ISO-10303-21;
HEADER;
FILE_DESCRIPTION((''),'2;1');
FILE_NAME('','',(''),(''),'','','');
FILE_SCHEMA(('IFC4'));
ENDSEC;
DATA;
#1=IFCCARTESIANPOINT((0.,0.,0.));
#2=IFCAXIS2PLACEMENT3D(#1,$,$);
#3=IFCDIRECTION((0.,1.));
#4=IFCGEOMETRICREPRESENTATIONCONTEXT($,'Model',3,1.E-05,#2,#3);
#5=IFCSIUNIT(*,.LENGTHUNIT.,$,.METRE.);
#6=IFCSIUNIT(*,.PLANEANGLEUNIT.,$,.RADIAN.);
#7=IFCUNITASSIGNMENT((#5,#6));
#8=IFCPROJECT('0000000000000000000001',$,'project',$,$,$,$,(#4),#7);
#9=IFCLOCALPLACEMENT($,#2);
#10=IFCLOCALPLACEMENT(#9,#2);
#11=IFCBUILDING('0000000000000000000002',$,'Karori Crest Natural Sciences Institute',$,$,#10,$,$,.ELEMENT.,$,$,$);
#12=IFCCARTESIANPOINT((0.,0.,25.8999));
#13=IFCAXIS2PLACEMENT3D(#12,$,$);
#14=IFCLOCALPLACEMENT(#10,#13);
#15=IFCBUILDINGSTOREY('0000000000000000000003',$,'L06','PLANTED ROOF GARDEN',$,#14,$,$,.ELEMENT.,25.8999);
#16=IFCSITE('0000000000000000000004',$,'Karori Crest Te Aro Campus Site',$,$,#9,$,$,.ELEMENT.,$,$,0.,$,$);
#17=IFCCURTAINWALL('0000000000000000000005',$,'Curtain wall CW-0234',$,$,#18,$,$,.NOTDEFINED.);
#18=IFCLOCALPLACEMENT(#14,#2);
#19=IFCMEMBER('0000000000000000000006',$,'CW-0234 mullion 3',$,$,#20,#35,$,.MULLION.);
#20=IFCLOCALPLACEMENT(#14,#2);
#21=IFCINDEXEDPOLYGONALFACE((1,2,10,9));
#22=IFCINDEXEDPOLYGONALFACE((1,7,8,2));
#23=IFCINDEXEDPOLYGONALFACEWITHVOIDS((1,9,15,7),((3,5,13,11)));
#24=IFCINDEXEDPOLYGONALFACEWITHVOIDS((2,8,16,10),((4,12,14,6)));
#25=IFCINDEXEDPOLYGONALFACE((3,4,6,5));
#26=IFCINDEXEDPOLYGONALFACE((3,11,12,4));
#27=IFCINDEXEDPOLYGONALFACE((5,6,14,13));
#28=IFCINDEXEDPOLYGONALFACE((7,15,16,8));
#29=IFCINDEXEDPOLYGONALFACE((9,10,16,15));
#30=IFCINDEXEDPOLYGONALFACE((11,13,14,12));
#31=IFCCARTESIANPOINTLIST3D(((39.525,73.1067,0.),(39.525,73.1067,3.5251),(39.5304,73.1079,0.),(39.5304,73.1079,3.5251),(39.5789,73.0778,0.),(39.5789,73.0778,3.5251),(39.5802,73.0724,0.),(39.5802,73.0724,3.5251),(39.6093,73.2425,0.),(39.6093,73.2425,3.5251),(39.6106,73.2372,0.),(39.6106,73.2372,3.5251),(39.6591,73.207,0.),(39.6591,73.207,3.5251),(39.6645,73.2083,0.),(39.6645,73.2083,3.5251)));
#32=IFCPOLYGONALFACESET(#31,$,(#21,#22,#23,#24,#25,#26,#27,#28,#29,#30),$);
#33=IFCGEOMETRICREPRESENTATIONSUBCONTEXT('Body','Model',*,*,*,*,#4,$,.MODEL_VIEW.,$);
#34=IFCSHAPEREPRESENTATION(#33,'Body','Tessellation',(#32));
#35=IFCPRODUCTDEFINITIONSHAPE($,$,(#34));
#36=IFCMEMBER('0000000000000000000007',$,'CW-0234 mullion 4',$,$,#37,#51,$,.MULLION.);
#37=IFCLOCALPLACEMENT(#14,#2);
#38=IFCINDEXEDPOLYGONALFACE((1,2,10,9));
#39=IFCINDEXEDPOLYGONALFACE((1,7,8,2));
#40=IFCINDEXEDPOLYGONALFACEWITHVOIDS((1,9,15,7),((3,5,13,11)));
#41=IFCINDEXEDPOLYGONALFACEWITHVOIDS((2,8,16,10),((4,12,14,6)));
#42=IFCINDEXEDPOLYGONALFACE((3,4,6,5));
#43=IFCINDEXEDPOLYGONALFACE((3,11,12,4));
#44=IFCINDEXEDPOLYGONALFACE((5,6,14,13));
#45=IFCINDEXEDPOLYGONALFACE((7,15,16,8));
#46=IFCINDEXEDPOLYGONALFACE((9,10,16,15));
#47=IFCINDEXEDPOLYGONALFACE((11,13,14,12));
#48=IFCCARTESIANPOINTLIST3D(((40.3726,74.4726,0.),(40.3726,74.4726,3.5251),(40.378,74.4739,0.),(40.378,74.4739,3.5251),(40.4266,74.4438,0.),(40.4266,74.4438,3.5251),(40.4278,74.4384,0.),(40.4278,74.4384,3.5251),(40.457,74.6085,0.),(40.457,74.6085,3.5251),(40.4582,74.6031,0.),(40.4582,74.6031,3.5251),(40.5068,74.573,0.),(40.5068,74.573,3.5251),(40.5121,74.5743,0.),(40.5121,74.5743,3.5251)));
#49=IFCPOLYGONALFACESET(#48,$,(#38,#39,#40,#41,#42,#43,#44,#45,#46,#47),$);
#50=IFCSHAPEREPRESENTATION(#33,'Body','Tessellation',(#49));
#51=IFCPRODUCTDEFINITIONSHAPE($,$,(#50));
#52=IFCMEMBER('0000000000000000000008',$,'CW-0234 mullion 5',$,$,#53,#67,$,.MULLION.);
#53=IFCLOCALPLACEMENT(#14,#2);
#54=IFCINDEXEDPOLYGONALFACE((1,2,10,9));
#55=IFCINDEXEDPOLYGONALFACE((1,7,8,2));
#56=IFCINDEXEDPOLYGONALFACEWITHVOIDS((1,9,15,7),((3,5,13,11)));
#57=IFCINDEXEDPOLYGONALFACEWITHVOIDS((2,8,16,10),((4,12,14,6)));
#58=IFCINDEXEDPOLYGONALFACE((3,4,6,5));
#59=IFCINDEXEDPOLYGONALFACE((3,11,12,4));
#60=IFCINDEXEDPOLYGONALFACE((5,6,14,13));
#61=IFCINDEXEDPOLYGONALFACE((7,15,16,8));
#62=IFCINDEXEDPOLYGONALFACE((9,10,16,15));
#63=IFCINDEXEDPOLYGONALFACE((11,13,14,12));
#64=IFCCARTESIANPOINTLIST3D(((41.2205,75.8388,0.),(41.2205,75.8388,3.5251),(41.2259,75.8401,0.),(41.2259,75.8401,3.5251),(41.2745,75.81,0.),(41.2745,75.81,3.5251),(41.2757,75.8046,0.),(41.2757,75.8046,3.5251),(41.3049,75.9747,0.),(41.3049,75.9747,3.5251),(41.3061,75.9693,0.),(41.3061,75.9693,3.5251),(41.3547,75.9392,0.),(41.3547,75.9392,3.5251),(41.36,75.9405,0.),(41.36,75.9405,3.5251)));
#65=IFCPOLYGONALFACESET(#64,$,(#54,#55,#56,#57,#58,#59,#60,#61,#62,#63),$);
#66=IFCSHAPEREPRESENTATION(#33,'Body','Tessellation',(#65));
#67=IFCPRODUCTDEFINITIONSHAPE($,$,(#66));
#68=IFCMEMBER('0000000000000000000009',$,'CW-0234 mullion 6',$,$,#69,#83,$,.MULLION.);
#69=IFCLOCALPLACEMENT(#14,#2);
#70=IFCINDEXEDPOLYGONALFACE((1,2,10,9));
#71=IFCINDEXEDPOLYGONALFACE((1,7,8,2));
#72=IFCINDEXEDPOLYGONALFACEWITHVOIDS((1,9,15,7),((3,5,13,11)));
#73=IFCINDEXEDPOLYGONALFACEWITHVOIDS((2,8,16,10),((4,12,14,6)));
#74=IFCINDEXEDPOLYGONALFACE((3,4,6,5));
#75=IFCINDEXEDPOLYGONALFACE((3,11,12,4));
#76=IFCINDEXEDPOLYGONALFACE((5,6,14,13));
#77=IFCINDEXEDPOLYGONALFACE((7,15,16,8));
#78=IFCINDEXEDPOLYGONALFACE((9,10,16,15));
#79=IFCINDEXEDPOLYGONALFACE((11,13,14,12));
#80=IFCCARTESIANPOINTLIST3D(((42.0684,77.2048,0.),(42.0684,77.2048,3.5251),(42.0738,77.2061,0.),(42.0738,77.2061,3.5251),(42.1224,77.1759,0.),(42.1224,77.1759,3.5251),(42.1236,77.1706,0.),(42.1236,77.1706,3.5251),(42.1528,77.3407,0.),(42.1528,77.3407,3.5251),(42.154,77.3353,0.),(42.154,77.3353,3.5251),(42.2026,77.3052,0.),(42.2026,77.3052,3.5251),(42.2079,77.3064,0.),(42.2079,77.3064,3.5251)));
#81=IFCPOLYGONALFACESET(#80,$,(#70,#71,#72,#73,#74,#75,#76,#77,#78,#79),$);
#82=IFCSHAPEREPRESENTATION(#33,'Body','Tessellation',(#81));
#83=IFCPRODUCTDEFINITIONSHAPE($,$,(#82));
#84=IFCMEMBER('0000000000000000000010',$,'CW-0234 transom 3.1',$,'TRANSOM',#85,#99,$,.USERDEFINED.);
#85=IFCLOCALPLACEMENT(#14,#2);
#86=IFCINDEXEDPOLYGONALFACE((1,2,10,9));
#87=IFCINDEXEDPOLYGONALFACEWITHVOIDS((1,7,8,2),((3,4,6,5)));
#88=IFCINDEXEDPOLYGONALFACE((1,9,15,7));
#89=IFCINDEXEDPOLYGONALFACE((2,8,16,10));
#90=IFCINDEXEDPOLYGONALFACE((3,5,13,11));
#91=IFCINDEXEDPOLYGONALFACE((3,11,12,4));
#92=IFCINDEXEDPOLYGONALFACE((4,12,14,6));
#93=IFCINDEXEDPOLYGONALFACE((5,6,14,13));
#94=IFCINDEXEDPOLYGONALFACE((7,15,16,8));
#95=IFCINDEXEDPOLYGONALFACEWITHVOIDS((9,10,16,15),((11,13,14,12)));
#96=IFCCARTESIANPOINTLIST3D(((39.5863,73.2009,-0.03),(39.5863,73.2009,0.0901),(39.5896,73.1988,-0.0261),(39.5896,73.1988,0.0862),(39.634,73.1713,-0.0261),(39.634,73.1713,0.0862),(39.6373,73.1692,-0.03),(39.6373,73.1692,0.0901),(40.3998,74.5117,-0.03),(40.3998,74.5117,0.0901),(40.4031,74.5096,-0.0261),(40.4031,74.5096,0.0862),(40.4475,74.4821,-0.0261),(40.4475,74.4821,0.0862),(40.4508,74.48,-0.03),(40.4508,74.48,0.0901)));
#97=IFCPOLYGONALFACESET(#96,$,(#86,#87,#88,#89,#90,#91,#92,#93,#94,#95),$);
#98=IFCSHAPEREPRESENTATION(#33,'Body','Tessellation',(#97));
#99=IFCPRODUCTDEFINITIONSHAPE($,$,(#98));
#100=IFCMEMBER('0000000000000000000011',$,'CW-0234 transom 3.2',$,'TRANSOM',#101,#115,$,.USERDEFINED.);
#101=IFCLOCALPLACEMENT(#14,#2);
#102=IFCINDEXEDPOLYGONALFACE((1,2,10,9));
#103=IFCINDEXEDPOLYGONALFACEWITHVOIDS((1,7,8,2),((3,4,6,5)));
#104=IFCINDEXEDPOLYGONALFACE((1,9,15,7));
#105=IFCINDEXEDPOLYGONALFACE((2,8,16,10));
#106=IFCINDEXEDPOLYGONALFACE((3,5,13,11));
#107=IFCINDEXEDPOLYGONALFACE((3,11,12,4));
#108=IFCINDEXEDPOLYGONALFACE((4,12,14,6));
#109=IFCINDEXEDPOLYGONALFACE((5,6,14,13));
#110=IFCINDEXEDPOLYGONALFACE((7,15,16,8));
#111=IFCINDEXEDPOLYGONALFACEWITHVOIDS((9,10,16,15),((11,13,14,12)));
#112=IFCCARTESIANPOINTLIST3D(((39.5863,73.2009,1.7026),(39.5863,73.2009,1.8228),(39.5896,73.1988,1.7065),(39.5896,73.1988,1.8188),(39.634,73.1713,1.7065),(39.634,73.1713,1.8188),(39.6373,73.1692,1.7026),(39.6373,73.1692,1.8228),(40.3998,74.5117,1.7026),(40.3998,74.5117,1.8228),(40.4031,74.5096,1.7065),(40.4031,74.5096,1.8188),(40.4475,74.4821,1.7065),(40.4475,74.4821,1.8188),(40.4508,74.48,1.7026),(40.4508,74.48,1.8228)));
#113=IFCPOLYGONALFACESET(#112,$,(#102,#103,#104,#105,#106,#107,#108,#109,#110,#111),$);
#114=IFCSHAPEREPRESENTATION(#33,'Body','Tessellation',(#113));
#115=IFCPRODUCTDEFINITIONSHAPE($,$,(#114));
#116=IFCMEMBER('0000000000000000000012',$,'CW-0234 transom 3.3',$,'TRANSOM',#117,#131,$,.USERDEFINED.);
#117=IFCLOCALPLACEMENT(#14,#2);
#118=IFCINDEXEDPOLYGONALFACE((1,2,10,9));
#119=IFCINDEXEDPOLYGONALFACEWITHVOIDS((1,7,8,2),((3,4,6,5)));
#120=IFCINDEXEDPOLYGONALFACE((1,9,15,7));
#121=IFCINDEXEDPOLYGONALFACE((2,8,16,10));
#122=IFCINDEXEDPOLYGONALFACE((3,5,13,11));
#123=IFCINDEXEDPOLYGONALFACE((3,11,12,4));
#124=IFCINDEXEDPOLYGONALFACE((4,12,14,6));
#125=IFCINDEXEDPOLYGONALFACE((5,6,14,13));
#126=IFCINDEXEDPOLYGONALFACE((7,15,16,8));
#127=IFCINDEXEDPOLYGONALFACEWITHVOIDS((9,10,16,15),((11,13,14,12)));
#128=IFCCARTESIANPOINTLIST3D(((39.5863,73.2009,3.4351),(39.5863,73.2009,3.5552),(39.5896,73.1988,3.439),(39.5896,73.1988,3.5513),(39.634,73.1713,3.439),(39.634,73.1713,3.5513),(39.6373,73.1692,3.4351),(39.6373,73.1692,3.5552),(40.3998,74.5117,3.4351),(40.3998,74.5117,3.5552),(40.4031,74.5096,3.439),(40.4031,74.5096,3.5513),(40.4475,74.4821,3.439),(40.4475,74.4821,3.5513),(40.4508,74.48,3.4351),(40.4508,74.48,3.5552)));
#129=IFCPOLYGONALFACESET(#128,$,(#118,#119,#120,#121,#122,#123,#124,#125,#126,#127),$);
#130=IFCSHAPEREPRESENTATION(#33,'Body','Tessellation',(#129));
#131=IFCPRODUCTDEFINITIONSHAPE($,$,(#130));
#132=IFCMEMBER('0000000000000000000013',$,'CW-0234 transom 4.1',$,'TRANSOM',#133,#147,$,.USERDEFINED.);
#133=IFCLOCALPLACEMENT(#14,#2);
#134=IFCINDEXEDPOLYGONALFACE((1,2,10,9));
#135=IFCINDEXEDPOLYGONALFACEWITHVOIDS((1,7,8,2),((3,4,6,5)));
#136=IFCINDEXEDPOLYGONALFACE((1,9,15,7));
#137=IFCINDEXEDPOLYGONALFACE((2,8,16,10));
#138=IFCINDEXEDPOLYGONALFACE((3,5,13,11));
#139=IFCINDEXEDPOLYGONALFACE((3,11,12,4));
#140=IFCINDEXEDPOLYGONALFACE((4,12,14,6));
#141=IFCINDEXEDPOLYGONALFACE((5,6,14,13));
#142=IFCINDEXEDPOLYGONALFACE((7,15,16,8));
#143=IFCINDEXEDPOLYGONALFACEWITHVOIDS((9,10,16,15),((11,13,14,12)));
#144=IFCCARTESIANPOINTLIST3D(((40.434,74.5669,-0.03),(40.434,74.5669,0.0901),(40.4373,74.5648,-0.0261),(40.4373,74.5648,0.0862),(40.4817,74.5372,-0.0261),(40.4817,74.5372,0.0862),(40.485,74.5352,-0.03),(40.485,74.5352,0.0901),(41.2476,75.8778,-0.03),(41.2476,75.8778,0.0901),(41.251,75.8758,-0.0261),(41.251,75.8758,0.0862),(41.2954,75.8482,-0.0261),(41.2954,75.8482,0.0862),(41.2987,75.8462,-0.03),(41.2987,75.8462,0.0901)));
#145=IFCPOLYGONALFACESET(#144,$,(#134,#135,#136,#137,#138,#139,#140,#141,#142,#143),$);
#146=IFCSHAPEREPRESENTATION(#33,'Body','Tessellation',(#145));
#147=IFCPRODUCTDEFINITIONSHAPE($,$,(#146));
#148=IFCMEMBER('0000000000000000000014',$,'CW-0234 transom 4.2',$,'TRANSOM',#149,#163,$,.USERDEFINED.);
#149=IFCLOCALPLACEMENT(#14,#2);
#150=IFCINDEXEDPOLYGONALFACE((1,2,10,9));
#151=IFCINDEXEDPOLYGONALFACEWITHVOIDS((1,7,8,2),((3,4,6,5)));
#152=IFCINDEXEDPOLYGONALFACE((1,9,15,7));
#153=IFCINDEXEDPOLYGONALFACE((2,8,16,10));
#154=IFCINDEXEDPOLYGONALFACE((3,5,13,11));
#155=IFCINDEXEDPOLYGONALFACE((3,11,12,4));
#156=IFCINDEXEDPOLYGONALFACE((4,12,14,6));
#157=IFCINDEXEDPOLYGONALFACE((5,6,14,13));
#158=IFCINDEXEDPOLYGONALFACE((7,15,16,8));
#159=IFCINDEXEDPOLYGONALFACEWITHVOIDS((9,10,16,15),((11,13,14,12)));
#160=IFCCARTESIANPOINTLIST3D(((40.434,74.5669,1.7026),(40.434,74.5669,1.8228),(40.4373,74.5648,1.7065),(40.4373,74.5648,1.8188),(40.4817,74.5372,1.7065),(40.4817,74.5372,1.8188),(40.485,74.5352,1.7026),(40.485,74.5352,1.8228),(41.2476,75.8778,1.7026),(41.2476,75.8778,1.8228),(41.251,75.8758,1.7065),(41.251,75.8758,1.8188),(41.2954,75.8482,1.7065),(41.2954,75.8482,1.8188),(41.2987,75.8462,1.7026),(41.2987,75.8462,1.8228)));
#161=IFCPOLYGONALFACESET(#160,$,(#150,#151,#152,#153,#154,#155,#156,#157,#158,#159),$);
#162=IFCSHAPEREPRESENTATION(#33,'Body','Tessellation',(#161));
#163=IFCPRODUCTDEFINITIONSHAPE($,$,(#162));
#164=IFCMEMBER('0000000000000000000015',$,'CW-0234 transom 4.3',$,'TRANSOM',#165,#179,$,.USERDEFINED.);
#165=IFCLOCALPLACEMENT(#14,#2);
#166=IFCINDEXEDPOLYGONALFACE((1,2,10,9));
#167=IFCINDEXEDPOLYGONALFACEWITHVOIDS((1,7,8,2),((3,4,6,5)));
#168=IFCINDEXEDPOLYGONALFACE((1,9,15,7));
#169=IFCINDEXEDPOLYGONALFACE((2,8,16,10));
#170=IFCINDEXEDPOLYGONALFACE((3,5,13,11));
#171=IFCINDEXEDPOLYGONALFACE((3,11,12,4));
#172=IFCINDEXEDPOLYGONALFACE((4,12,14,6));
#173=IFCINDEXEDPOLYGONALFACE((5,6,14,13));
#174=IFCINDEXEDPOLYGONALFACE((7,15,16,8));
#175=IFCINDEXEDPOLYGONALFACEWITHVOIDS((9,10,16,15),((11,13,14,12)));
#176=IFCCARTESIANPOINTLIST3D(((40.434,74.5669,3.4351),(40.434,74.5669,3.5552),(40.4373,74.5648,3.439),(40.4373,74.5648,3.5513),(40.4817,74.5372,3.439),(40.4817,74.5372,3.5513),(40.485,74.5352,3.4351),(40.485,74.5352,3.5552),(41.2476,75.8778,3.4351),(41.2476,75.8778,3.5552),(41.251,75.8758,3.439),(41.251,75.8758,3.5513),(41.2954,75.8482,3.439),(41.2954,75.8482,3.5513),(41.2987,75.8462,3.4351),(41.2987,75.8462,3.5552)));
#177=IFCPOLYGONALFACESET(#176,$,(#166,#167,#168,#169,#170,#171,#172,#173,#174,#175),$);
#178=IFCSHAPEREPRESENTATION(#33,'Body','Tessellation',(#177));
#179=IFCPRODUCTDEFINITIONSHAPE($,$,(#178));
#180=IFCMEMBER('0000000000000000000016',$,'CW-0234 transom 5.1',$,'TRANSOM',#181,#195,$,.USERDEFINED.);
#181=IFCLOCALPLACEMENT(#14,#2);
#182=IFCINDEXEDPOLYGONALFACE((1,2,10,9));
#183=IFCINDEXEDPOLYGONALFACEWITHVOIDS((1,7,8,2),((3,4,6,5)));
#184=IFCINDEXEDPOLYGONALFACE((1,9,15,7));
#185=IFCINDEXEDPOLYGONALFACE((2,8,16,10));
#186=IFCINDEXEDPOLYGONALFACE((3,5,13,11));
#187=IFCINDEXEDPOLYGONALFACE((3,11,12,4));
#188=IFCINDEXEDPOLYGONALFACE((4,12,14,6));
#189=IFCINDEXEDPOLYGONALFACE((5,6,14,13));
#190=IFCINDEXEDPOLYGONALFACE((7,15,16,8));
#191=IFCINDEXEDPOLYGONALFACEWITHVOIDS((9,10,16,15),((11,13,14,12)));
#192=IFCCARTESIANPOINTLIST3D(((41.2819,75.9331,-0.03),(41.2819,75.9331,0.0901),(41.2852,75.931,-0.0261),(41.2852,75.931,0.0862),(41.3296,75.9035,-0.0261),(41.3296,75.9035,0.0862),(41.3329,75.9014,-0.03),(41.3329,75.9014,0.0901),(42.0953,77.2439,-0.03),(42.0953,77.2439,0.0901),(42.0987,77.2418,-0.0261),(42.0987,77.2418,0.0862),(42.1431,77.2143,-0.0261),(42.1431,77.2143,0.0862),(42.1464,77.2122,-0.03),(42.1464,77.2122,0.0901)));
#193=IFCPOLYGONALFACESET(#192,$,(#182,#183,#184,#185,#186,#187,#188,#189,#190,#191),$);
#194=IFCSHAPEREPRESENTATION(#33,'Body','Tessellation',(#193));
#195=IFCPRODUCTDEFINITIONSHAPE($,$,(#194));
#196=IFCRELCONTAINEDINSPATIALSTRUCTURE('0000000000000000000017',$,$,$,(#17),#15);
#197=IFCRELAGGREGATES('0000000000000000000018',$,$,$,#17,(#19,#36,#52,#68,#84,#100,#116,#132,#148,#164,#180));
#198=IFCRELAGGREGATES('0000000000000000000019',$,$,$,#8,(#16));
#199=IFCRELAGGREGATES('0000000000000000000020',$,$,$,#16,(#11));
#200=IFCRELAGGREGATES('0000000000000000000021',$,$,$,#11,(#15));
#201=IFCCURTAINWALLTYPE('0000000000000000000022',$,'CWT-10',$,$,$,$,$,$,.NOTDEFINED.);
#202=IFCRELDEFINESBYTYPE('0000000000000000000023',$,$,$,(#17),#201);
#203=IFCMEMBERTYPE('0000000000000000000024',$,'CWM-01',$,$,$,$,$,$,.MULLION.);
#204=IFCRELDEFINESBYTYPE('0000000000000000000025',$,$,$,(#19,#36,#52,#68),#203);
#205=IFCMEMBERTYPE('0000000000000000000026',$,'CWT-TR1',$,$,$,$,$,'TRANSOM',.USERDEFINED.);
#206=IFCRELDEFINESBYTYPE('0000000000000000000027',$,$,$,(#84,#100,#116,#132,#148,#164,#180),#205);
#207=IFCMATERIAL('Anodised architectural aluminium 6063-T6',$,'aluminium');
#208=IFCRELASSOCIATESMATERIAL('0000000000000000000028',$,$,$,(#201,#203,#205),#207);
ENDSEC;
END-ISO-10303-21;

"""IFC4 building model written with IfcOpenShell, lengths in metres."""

from ifc_helpers import new_model, si_unit, direction, frame, origin, origin_2d, place, context, subcontext, project, spatial, hollow_rectangle, extrude, material, material_profile, profile_set, type_object, element, aggregate, save


model = new_model("IFC4")

# Units and contexts
model_context = context("Model", 3, precision=1e-05, world=origin(), true_north=direction((0.0, 1.0)))
body_context = subcontext(model_context, "Body", "Model", "MODEL_VIEW")
ifc_project = project(units=[si_unit("LENGTHUNIT", "METRE"), si_unit("PLANEANGLEUNIT", "RADIAN")], contexts=[model_context])

# Site, building, storey
site_placement = place(None, origin())
site = spatial("IfcSite", under=ifc_project, at=site_placement, Name="Karori Crest Te Aro Campus Site", CompositionType="ELEMENT", RefElevation=0.0)
building_placement = place(site_placement, origin())
building = spatial("IfcBuilding", under=site, at=building_placement, Name="Karori Crest Natural Sciences Institute", CompositionType="ELEMENT")
storey_placement = place(building_placement, frame((0.0, 0.0, 25.8999)))
storey = spatial("IfcBuildingStorey", under=building, at=storey_placement, Name="L06", Description="PLANTED ROOF GARDEN", CompositionType="ELEMENT", Elevation=25.8999)

# Curtain wall, members
ifc_material_1 = material(Name="Anodised architectural aluminium 6063-T6", Category="aluminium")
curtain_wall_type = type_object("IfcCurtainWallType", Name="CWT-10", PredefinedType="NOTDEFINED", material=ifc_material_1)
curtain_wall_placement = place(storey_placement, origin())
curtain_wall = element("IfcCurtainWall", 1, at=curtain_wall_placement, inside=storey, type_object=curtain_wall_type, Name="Curtain wall CW-0234", PredefinedType="NOTDEFINED")
ifc_material_profile_1 = material_profile(ifc_material_1, hollow_rectangle(XDim=0.0649, YDim=0.1599, WallThickness=0.0039, at=origin_2d()), Name="CWM160x65x4")
ifc_profile_set_1 = profile_set([ifc_material_profile_1], Name="Anodised architectural aluminium 6063-T6")
member_type_1 = type_object("IfcMemberType", Name="CWM-01", PredefinedType="MULLION", material=ifc_profile_set_1)
member_1_placement = place(storey_placement, frame((39.5947, 73.1575, 0.0), z_axis=(0.0, 0.0, 1.0), x_axis=(-0.849664, 0.527324, 0.0)))
member_1 = element("IfcMember", 2, at=member_1_placement, type_object=member_type_1, Name="CW-0234 mullion 3", PredefinedType="MULLION", context=body_context, shape_type="SweptSolid", body=[
    extrude(hollow_rectangle(XDim=0.0649, YDim=0.1599, WallThickness=0.0039, at=origin_2d()), origin(), (0.0, 0.0, 1.0), 3.5251),
])
member_2_placement = place(storey_placement, frame((40.4424, 74.5234, 0.0), z_axis=(0.0, 0.0, 1.0), x_axis=(-0.849664, 0.527324, 0.0)))
member_2 = element("IfcMember", 3, at=member_2_placement, type_object=member_type_1, Name="CW-0234 mullion 4", PredefinedType="MULLION", context=body_context, shape_type="SweptSolid", body=[
    extrude(hollow_rectangle(XDim=0.0649, YDim=0.1599, WallThickness=0.0039, at=origin_2d()), origin(), (0.0, 0.0, 1.0), 3.5251),
])
member_3_placement = place(storey_placement, frame((41.2903, 75.8896, 0.0), z_axis=(0.0, 0.0, 1.0), x_axis=(-0.849664, 0.527324, 0.0)))
member_3 = element("IfcMember", 4, at=member_3_placement, type_object=member_type_1, Name="CW-0234 mullion 5", PredefinedType="MULLION", context=body_context, shape_type="SweptSolid", body=[
    extrude(hollow_rectangle(XDim=0.0649, YDim=0.1599, WallThickness=0.0039, at=origin_2d()), origin(), (0.0, 0.0, 1.0), 3.5251),
])
member_4_placement = place(storey_placement, frame((42.1382, 77.2556, 0.0), z_axis=(0.0, 0.0, 1.0), x_axis=(-0.849664, 0.527324, 0.0)))
member_4 = element("IfcMember", 5, at=member_4_placement, type_object=member_type_1, Name="CW-0234 mullion 6", PredefinedType="MULLION", context=body_context, shape_type="SweptSolid", body=[
    extrude(hollow_rectangle(XDim=0.0649, YDim=0.1599, WallThickness=0.0039, at=origin_2d()), origin(), (0.0, 0.0, 1.0), 3.5251),
])
ifc_material_profile_2 = material_profile(ifc_material_1, hollow_rectangle(XDim=0.0601, YDim=0.1201, WallThickness=0.0039, at=origin_2d()), Name="CWT120x60x4")
ifc_profile_set_2 = profile_set([ifc_material_profile_2], Name="Anodised architectural aluminium 6063-T6")
member_type_2 = type_object("IfcMemberType", Name="CWT-TR1", ElementType="TRANSOM", PredefinedType="USERDEFINED", material=ifc_profile_set_2)
member_5_placement = place(storey_placement, frame((39.6118, 73.1851, 0.03), z_axis=(0.527308, 0.849674, 0.0), x_axis=(-0.849674, 0.527308, 0.0)))
member_5 = element("IfcMember", 6, at=member_5_placement, type_object=member_type_2, Name="CW-0234 transom 3.1", ObjectType="TRANSOM", PredefinedType="USERDEFINED", context=body_context, shape_type="SweptSolid", body=[
    extrude(hollow_rectangle(XDim=0.0601, YDim=0.1201, WallThickness=0.0039, at=origin_2d()), origin(), (0.0, 0.0, 1.0), 1.5427),
])
member_6_placement = place(storey_placement, frame((39.6118, 73.1851, 1.7627), z_axis=(0.527308, 0.849674, 0.0), x_axis=(-0.849674, 0.527308, 0.0)))
member_6 = element("IfcMember", 7, at=member_6_placement, type_object=member_type_2, Name="CW-0234 transom 3.2", ObjectType="TRANSOM", PredefinedType="USERDEFINED", context=body_context, shape_type="SweptSolid", body=[
    extrude(hollow_rectangle(XDim=0.0601, YDim=0.1201, WallThickness=0.0039, at=origin_2d()), origin(), (0.0, 0.0, 1.0), 1.5427),
])
member_7_placement = place(storey_placement, frame((39.6118, 73.1851, 3.4951), z_axis=(0.527308, 0.849674, 0.0), x_axis=(-0.849674, 0.527308, 0.0)))
member_7 = element("IfcMember", 8, at=member_7_placement, type_object=member_type_2, Name="CW-0234 transom 3.3", ObjectType="TRANSOM", PredefinedType="USERDEFINED", context=body_context, shape_type="SweptSolid", body=[
    extrude(hollow_rectangle(XDim=0.0601, YDim=0.1201, WallThickness=0.0039, at=origin_2d()), origin(), (0.0, 0.0, 1.0), 1.5427),
])
member_8_placement = place(storey_placement, frame((40.4595, 74.551, 0.03), z_axis=(0.527351, 0.849647, 0.0), x_axis=(-0.849647, 0.527351, 0.0)))
member_8 = element("IfcMember", 9, at=member_8_placement, type_object=member_type_2, Name="CW-0234 transom 4.1", ObjectType="TRANSOM", PredefinedType="USERDEFINED", context=body_context, shape_type="SweptSolid", body=[
    extrude(hollow_rectangle(XDim=0.0601, YDim=0.1201, WallThickness=0.0039, at=origin_2d()), origin(), (0.0, 0.0, 1.0), 1.543),
])
member_9_placement = place(storey_placement, frame((40.4595, 74.551, 1.7627), z_axis=(0.527351, 0.849647, 0.0), x_axis=(-0.849647, 0.527351, 0.0)))
member_9 = element("IfcMember", 10, at=member_9_placement, type_object=member_type_2, Name="CW-0234 transom 4.2", ObjectType="TRANSOM", PredefinedType="USERDEFINED", context=body_context, shape_type="SweptSolid", body=[
    extrude(hollow_rectangle(XDim=0.0601, YDim=0.1201, WallThickness=0.0039, at=origin_2d()), origin(), (0.0, 0.0, 1.0), 1.543),
])
member_10_placement = place(storey_placement, frame((40.4595, 74.551, 3.4951), z_axis=(0.527351, 0.849647, 0.0), x_axis=(-0.849647, 0.527351, 0.0)))
member_10 = element("IfcMember", 11, at=member_10_placement, type_object=member_type_2, Name="CW-0234 transom 4.3", ObjectType="TRANSOM", PredefinedType="USERDEFINED", context=body_context, shape_type="SweptSolid", body=[
    extrude(hollow_rectangle(XDim=0.0601, YDim=0.1201, WallThickness=0.0039, at=origin_2d()), origin(), (0.0, 0.0, 1.0), 1.543),
])
member_11_placement = place(storey_placement, frame((41.3074, 75.9172, 0.03), z_axis=(0.527308, 0.849674, 0.0), x_axis=(-0.849674, 0.527308, 0.0)))
member_11 = element("IfcMember", 12, at=member_11_placement, type_object=member_type_2, Name="CW-0234 transom 5.1", ObjectType="TRANSOM", PredefinedType="USERDEFINED", context=body_context, shape_type="SweptSolid", body=[
    extrude(hollow_rectangle(XDim=0.0601, YDim=0.1201, WallThickness=0.0039, at=origin_2d()), origin(), (0.0, 0.0, 1.0), 1.5427),
])
aggregate(curtain_wall, [member_1, member_2, member_3, member_4, member_5, member_6, member_7, member_8, member_9, member_10, member_11])

save(model, "model.ifc")
